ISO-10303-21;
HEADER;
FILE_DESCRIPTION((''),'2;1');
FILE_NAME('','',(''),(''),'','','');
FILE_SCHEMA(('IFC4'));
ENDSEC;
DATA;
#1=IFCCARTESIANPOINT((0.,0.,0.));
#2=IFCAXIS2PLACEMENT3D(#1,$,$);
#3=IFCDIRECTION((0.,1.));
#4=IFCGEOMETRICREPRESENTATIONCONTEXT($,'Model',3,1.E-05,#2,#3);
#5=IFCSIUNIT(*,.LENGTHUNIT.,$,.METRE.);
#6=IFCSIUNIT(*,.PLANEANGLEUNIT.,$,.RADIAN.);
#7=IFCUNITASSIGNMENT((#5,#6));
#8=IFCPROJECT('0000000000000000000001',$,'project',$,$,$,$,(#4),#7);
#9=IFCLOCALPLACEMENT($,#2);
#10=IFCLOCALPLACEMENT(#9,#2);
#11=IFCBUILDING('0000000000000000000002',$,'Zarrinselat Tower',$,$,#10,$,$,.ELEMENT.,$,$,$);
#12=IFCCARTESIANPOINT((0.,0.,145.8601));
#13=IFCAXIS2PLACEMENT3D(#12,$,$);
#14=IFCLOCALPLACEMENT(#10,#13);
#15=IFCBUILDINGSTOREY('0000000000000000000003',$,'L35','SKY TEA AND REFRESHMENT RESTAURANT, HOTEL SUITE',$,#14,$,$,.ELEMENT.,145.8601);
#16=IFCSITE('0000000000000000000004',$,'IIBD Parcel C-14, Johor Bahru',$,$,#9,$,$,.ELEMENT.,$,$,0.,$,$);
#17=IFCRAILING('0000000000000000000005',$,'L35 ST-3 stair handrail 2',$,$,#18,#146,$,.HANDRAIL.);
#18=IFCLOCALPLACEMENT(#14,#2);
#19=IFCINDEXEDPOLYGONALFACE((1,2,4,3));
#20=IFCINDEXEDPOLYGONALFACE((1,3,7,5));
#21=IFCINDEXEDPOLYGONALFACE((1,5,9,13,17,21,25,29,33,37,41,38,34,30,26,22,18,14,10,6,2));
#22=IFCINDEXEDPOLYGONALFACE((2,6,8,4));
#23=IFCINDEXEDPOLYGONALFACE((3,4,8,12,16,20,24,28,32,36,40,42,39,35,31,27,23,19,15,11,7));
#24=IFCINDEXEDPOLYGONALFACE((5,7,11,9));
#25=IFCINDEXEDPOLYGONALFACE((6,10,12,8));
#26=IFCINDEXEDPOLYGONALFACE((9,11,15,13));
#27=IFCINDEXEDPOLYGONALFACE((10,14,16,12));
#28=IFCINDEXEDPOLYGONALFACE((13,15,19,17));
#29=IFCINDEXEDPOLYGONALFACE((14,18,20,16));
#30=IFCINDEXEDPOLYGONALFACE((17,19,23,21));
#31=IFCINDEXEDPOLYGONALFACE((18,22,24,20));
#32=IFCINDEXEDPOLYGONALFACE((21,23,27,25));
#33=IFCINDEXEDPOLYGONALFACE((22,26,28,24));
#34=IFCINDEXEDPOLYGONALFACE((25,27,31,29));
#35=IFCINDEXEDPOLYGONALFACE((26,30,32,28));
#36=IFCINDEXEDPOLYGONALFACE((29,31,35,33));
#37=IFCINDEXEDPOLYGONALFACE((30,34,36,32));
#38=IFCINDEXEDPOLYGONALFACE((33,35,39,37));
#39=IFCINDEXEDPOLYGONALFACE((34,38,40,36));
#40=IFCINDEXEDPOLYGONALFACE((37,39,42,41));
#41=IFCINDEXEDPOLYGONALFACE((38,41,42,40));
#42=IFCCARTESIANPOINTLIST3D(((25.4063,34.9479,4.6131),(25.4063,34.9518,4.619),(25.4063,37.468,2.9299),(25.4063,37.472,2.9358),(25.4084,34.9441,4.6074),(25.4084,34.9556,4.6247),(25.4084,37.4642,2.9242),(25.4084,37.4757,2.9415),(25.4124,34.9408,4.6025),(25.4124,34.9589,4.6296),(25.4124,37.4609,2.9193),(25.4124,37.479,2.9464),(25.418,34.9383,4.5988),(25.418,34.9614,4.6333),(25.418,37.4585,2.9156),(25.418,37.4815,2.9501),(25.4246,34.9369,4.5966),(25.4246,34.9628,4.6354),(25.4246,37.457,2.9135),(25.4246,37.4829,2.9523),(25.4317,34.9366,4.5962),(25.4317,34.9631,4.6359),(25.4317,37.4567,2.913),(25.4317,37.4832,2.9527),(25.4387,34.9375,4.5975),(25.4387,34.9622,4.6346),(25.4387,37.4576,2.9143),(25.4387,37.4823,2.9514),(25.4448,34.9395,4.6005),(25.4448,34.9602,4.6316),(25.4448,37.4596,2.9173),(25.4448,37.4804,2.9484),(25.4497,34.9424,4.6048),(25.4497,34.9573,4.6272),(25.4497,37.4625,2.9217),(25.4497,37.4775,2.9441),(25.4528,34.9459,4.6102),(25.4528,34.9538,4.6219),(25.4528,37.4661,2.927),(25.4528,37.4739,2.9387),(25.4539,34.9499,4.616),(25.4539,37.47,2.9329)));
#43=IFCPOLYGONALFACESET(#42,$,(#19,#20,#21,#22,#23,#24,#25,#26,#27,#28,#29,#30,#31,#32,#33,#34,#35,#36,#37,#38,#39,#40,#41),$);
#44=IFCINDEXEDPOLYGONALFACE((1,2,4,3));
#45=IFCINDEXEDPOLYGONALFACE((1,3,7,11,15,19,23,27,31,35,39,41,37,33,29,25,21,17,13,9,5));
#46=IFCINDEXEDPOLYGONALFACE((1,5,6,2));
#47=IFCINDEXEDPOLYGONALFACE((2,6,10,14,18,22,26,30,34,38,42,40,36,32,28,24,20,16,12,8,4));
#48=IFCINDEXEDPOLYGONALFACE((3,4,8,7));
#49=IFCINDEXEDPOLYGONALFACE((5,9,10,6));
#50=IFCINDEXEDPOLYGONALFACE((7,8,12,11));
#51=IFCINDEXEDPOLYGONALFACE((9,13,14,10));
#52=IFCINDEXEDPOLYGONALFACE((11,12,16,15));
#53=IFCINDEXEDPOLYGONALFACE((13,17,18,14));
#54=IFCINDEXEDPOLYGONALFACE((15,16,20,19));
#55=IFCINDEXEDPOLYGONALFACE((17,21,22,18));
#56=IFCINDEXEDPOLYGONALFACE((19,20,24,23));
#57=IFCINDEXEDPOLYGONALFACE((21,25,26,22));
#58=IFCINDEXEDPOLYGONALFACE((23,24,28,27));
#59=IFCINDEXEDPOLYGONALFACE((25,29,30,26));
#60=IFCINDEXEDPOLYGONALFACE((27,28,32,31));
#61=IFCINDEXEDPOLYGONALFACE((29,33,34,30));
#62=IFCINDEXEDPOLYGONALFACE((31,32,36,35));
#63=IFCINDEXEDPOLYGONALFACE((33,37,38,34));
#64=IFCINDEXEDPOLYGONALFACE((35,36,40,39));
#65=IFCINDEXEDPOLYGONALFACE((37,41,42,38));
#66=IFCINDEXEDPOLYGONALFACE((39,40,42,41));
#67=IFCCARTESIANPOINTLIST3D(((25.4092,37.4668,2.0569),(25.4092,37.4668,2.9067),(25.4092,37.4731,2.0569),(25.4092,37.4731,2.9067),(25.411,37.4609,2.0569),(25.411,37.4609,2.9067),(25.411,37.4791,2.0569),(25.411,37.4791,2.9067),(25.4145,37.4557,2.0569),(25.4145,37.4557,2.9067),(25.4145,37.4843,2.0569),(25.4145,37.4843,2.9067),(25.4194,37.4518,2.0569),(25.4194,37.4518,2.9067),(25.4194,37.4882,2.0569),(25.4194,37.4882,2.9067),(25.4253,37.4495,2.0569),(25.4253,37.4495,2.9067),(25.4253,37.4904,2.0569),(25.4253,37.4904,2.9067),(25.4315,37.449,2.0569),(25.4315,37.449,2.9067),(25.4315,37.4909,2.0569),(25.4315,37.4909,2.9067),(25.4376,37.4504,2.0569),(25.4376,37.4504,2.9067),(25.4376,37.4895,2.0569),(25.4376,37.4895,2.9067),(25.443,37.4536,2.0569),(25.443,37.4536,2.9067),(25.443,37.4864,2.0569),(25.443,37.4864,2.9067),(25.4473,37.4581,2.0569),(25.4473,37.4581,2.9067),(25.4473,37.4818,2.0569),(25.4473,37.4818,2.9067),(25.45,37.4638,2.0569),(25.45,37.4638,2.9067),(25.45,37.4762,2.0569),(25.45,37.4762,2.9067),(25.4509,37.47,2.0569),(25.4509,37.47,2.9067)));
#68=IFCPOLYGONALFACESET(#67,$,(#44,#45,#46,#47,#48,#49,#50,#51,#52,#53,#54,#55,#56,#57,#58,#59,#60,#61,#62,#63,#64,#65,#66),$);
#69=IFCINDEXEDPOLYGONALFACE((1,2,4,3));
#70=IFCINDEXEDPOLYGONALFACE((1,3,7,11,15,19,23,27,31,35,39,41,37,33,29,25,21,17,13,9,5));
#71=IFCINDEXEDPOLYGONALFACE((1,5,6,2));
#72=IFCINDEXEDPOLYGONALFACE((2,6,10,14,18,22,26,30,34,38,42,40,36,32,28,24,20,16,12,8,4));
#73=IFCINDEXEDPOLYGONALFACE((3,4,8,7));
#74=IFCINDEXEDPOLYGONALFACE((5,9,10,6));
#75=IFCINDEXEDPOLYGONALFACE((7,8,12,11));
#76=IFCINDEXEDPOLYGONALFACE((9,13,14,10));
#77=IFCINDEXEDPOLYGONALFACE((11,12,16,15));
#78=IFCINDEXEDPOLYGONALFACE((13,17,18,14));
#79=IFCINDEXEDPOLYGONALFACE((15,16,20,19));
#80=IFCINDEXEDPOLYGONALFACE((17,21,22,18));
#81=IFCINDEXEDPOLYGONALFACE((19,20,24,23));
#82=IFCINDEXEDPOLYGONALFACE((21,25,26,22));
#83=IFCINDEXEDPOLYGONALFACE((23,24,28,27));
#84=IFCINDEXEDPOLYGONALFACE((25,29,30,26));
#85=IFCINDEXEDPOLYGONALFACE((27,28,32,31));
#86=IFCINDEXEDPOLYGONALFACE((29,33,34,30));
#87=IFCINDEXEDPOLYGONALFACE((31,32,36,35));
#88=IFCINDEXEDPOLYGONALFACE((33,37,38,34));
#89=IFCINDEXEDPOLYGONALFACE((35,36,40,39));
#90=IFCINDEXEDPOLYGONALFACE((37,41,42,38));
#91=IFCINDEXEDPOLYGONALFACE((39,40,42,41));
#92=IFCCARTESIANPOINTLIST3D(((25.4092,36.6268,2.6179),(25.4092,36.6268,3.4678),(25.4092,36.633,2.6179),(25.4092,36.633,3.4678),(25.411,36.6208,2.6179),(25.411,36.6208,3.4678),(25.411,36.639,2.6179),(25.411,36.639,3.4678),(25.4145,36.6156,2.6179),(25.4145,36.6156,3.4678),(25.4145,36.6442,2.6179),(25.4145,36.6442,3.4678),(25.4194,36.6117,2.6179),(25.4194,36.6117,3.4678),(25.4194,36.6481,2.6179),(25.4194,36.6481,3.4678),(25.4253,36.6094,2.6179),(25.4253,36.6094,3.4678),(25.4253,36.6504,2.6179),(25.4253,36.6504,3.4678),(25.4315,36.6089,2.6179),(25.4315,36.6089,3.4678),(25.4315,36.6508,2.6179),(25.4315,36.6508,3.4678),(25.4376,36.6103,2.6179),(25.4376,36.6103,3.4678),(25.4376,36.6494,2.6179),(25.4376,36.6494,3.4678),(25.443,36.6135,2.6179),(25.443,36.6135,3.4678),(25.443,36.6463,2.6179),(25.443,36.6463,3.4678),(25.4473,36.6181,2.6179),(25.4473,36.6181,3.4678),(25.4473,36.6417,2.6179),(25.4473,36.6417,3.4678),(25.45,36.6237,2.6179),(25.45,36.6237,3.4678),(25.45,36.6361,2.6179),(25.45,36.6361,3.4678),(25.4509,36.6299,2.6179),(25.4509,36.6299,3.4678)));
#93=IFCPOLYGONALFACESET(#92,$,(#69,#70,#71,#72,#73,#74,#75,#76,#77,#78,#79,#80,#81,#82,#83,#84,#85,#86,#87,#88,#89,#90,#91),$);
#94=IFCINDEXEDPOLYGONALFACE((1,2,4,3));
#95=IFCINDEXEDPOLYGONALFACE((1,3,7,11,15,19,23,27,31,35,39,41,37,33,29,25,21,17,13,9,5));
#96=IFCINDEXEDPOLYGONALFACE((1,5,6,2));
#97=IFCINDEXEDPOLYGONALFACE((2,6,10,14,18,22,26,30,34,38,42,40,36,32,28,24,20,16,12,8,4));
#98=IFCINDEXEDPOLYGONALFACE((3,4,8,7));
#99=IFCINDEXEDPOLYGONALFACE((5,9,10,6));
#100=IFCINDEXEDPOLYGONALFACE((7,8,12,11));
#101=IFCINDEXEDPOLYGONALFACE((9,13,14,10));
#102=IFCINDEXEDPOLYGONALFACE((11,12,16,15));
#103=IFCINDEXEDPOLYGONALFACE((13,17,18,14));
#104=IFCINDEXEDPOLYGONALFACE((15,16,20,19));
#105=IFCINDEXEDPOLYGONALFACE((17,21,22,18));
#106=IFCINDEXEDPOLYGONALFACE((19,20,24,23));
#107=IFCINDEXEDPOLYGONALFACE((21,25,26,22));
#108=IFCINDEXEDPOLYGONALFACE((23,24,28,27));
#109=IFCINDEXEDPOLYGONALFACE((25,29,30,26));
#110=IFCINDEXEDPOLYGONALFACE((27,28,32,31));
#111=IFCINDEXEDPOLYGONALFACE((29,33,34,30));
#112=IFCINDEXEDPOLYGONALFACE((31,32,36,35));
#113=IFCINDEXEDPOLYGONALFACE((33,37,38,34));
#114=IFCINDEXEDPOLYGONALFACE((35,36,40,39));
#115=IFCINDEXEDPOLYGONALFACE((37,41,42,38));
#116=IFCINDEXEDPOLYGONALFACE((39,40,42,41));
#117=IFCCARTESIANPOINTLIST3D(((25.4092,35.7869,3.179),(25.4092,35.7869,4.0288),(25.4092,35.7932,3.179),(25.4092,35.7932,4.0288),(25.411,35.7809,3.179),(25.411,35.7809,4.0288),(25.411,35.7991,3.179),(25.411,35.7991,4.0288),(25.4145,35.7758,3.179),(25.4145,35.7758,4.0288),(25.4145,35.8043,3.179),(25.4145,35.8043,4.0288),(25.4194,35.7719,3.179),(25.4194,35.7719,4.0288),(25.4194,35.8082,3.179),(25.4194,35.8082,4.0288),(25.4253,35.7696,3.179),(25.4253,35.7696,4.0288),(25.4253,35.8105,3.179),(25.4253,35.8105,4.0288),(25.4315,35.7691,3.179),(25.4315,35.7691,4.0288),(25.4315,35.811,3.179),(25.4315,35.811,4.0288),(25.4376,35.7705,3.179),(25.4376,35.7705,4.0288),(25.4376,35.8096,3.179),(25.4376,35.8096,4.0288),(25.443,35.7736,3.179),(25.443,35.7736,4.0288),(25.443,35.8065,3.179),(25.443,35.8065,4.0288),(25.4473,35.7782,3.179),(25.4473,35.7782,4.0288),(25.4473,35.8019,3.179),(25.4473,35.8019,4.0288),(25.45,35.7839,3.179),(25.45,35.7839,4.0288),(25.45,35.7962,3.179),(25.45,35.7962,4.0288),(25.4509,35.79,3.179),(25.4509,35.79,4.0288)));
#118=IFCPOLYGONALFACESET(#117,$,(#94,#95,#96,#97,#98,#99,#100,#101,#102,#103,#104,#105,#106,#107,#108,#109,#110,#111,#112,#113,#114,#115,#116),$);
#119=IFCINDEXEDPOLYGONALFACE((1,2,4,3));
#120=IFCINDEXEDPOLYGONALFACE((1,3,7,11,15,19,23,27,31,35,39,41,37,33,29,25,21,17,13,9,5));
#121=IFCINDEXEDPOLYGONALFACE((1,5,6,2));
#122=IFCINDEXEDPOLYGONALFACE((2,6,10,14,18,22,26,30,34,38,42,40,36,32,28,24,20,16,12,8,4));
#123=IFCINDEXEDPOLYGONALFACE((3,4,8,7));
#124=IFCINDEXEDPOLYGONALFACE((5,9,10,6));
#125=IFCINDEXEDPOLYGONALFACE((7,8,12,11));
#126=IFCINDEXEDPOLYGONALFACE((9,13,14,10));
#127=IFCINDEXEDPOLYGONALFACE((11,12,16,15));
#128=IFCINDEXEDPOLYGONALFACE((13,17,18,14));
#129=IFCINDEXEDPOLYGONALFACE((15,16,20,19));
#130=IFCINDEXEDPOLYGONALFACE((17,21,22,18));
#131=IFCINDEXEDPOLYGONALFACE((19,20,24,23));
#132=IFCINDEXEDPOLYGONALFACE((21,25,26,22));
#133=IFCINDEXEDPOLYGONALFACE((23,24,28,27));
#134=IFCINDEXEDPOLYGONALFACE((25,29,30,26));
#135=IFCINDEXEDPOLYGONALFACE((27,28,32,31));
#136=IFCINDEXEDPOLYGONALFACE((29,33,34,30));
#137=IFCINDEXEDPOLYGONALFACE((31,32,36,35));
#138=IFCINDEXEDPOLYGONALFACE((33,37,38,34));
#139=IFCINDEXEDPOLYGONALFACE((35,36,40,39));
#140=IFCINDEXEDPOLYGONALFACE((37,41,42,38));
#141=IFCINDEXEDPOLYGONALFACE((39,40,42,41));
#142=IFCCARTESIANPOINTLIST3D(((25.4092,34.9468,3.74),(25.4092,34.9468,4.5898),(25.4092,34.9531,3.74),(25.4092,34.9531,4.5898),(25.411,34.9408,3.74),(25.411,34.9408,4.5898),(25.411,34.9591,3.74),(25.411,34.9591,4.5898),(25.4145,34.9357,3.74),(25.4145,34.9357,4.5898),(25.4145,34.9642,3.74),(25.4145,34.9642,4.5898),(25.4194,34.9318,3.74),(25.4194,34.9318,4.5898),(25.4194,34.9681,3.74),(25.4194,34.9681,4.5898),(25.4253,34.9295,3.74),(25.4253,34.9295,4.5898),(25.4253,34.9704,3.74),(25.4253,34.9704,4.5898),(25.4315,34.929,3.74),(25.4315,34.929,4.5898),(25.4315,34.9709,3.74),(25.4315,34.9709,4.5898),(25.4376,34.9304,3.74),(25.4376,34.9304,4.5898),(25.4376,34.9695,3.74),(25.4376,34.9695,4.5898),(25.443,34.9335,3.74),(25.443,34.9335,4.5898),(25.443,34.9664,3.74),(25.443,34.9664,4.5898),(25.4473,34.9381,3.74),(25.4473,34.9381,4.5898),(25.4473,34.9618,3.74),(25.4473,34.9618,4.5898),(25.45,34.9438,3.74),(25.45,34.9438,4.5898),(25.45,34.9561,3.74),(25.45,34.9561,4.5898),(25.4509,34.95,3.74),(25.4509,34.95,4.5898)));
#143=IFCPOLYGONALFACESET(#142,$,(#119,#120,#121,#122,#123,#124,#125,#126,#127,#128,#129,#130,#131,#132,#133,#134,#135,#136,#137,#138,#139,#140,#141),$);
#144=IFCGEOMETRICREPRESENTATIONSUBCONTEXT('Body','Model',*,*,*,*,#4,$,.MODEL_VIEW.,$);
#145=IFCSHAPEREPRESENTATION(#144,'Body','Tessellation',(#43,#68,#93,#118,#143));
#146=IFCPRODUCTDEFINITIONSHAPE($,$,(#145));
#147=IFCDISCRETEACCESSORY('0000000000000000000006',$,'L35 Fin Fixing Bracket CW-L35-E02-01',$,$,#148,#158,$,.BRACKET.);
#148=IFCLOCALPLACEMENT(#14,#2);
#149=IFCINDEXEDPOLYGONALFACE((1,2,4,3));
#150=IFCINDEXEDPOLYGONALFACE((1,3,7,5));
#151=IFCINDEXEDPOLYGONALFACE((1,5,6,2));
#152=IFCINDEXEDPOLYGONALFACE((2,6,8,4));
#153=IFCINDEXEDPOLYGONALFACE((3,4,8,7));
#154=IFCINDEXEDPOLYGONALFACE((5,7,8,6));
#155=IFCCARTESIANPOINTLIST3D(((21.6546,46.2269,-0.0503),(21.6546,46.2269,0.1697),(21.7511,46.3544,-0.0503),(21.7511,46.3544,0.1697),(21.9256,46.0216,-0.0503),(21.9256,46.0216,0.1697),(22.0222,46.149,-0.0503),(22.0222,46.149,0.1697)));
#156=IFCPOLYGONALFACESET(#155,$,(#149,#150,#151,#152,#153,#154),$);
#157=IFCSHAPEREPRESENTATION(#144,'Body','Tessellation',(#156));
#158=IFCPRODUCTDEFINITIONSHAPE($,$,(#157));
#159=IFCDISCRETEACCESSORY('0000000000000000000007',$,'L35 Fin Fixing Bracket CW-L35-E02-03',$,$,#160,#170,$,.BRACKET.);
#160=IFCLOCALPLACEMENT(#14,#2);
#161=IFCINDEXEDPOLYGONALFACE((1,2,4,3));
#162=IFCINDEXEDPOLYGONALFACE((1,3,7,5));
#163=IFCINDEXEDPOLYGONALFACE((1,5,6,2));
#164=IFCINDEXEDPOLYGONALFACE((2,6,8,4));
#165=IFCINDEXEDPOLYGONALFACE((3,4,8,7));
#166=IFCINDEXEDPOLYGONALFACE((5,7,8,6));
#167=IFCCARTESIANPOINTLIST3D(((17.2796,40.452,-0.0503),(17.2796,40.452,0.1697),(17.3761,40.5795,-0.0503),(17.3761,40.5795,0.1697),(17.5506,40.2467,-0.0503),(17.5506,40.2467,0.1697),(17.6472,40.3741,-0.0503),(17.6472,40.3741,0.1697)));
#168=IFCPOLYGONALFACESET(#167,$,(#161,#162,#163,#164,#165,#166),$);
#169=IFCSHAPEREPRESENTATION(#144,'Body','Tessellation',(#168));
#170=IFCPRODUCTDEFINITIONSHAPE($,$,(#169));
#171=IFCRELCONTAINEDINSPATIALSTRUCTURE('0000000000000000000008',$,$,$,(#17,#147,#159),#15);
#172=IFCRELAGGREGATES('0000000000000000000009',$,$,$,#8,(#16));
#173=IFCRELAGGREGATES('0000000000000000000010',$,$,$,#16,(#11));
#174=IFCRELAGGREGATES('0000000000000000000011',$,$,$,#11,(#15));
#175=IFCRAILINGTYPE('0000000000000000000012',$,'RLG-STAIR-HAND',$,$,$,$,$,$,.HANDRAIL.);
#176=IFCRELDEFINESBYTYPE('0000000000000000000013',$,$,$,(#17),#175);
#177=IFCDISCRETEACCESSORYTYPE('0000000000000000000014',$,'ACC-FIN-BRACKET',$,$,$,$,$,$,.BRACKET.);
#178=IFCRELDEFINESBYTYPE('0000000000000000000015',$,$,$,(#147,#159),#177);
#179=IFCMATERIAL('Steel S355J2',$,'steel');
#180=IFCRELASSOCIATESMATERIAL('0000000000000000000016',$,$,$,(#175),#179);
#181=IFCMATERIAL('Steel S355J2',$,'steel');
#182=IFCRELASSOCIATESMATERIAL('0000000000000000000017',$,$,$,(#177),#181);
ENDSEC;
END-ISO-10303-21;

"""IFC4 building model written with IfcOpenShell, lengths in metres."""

from ifc_helpers import new_model, si_unit, direction, frame, origin, origin_2d, place, context, subcontext, project, spatial, rectangle, circle, extrude, material, type_object, element, save


model = new_model("IFC4")

# Units and contexts
model_context = context("Model", 3, precision=1e-05, world=origin(), true_north=direction((0.0, 1.0)))
body_context = subcontext(model_context, "Body", "Model", "MODEL_VIEW")
ifc_project = project(units=[si_unit("LENGTHUNIT", "METRE"), si_unit("PLANEANGLEUNIT", "RADIAN")], contexts=[model_context])

# Site, building, storey
site_placement = place(None, origin())
site = spatial("IfcSite", under=ifc_project, at=site_placement, Name="IIBD Parcel C-14, Johor Bahru", CompositionType="ELEMENT", RefElevation=0.0)
building_placement = place(site_placement, origin())
building = spatial("IfcBuilding", under=site, at=building_placement, Name="Zarrinselat Tower", CompositionType="ELEMENT")
storey_placement = place(building_placement, frame((0.0, 0.0, 145.8601)))
storey = spatial("IfcBuildingStorey", under=building, at=storey_placement, Name="L35", Description="SKY TEA AND REFRESHMENT RESTAURANT, HOTEL SUITE", CompositionType="ELEMENT", Elevation=145.8601)

# Railing
ifc_material_1 = material(Name="Steel S355J2", Category="steel")
railing_type_1 = type_object("IfcRailingType", Name="RLG-STAIR-HAND", PredefinedType="HANDRAIL", material=ifc_material_1)
railing_1_placement = place(storey_placement, frame((25.4299, 37.47, 2.0569)))
element("IfcRailing", 1, at=railing_1_placement, inside=storey, type_object=railing_type_1, Name="L35 ST-3 stair handrail 2", PredefinedType="HANDRAIL", context=body_context, shape_type="SweptSolid", body=[
    extrude(circle(Radius=0.0239, at=origin_2d()), frame((0.0, 0.0, 0.876), z_axis=(0.0, -0.831579, 0.555406), x_axis=(1.0, 0.0, 0.0)), (0.0, 0.0, 1.0), 3.0305),
    extrude(circle(Radius=0.021, at=origin_2d()), origin(), (0.0, 0.0, 1.0), 0.8499),
    extrude(circle(Radius=0.021, at=origin_2d()), frame((0.0, -0.8401, 0.561)), (0.0, 0.0, 1.0), 0.8499),
    extrude(circle(Radius=0.021, at=origin_2d()), frame((0.0, -1.6799, 1.1221)), (0.0, 0.0, 1.0), 0.8499),
    extrude(circle(Radius=0.021, at=origin_2d()), frame((0.0, -2.52, 1.6831)), (0.0, 0.0, 1.0), 0.8499),
])

# Discrete accessories
ifc_material_2 = material(Name="Steel S355J2", Category="steel")
discrete_accessory_type = type_object("IfcDiscreteAccessoryType", Name="ACC-FIN-BRACKET", PredefinedType="BRACKET", material=ifc_material_2)
for number, where, z_axis, x_axis, name in (
    (2, (21.8384, 46.188, -0.0503), (0.0, 0.0, 1.0), (-0.797092, 0.603858, 0.0), "L35 Fin Fixing Bracket CW-L35-E02-01"),
    (3, (17.4634, 40.4131, -0.0503), (0.0, 0.0, 1.0), (-0.797092, 0.603858, 0.0), "L35 Fin Fixing Bracket CW-L35-E02-03"),
):
    element("IfcDiscreteAccessory", number, at=place(storey_placement, frame(where, z_axis=z_axis, x_axis=x_axis)), inside=storey, type_object=discrete_accessory_type, Name=name, PredefinedType="BRACKET", context=body_context, shape_type="SweptSolid", body=[
        extrude(rectangle(XDim=0.3401, YDim=0.1599, at=origin_2d()), origin(), (0.0, 0.0, 1.0), 0.22),
    ])

save(model, "model.ifc")
